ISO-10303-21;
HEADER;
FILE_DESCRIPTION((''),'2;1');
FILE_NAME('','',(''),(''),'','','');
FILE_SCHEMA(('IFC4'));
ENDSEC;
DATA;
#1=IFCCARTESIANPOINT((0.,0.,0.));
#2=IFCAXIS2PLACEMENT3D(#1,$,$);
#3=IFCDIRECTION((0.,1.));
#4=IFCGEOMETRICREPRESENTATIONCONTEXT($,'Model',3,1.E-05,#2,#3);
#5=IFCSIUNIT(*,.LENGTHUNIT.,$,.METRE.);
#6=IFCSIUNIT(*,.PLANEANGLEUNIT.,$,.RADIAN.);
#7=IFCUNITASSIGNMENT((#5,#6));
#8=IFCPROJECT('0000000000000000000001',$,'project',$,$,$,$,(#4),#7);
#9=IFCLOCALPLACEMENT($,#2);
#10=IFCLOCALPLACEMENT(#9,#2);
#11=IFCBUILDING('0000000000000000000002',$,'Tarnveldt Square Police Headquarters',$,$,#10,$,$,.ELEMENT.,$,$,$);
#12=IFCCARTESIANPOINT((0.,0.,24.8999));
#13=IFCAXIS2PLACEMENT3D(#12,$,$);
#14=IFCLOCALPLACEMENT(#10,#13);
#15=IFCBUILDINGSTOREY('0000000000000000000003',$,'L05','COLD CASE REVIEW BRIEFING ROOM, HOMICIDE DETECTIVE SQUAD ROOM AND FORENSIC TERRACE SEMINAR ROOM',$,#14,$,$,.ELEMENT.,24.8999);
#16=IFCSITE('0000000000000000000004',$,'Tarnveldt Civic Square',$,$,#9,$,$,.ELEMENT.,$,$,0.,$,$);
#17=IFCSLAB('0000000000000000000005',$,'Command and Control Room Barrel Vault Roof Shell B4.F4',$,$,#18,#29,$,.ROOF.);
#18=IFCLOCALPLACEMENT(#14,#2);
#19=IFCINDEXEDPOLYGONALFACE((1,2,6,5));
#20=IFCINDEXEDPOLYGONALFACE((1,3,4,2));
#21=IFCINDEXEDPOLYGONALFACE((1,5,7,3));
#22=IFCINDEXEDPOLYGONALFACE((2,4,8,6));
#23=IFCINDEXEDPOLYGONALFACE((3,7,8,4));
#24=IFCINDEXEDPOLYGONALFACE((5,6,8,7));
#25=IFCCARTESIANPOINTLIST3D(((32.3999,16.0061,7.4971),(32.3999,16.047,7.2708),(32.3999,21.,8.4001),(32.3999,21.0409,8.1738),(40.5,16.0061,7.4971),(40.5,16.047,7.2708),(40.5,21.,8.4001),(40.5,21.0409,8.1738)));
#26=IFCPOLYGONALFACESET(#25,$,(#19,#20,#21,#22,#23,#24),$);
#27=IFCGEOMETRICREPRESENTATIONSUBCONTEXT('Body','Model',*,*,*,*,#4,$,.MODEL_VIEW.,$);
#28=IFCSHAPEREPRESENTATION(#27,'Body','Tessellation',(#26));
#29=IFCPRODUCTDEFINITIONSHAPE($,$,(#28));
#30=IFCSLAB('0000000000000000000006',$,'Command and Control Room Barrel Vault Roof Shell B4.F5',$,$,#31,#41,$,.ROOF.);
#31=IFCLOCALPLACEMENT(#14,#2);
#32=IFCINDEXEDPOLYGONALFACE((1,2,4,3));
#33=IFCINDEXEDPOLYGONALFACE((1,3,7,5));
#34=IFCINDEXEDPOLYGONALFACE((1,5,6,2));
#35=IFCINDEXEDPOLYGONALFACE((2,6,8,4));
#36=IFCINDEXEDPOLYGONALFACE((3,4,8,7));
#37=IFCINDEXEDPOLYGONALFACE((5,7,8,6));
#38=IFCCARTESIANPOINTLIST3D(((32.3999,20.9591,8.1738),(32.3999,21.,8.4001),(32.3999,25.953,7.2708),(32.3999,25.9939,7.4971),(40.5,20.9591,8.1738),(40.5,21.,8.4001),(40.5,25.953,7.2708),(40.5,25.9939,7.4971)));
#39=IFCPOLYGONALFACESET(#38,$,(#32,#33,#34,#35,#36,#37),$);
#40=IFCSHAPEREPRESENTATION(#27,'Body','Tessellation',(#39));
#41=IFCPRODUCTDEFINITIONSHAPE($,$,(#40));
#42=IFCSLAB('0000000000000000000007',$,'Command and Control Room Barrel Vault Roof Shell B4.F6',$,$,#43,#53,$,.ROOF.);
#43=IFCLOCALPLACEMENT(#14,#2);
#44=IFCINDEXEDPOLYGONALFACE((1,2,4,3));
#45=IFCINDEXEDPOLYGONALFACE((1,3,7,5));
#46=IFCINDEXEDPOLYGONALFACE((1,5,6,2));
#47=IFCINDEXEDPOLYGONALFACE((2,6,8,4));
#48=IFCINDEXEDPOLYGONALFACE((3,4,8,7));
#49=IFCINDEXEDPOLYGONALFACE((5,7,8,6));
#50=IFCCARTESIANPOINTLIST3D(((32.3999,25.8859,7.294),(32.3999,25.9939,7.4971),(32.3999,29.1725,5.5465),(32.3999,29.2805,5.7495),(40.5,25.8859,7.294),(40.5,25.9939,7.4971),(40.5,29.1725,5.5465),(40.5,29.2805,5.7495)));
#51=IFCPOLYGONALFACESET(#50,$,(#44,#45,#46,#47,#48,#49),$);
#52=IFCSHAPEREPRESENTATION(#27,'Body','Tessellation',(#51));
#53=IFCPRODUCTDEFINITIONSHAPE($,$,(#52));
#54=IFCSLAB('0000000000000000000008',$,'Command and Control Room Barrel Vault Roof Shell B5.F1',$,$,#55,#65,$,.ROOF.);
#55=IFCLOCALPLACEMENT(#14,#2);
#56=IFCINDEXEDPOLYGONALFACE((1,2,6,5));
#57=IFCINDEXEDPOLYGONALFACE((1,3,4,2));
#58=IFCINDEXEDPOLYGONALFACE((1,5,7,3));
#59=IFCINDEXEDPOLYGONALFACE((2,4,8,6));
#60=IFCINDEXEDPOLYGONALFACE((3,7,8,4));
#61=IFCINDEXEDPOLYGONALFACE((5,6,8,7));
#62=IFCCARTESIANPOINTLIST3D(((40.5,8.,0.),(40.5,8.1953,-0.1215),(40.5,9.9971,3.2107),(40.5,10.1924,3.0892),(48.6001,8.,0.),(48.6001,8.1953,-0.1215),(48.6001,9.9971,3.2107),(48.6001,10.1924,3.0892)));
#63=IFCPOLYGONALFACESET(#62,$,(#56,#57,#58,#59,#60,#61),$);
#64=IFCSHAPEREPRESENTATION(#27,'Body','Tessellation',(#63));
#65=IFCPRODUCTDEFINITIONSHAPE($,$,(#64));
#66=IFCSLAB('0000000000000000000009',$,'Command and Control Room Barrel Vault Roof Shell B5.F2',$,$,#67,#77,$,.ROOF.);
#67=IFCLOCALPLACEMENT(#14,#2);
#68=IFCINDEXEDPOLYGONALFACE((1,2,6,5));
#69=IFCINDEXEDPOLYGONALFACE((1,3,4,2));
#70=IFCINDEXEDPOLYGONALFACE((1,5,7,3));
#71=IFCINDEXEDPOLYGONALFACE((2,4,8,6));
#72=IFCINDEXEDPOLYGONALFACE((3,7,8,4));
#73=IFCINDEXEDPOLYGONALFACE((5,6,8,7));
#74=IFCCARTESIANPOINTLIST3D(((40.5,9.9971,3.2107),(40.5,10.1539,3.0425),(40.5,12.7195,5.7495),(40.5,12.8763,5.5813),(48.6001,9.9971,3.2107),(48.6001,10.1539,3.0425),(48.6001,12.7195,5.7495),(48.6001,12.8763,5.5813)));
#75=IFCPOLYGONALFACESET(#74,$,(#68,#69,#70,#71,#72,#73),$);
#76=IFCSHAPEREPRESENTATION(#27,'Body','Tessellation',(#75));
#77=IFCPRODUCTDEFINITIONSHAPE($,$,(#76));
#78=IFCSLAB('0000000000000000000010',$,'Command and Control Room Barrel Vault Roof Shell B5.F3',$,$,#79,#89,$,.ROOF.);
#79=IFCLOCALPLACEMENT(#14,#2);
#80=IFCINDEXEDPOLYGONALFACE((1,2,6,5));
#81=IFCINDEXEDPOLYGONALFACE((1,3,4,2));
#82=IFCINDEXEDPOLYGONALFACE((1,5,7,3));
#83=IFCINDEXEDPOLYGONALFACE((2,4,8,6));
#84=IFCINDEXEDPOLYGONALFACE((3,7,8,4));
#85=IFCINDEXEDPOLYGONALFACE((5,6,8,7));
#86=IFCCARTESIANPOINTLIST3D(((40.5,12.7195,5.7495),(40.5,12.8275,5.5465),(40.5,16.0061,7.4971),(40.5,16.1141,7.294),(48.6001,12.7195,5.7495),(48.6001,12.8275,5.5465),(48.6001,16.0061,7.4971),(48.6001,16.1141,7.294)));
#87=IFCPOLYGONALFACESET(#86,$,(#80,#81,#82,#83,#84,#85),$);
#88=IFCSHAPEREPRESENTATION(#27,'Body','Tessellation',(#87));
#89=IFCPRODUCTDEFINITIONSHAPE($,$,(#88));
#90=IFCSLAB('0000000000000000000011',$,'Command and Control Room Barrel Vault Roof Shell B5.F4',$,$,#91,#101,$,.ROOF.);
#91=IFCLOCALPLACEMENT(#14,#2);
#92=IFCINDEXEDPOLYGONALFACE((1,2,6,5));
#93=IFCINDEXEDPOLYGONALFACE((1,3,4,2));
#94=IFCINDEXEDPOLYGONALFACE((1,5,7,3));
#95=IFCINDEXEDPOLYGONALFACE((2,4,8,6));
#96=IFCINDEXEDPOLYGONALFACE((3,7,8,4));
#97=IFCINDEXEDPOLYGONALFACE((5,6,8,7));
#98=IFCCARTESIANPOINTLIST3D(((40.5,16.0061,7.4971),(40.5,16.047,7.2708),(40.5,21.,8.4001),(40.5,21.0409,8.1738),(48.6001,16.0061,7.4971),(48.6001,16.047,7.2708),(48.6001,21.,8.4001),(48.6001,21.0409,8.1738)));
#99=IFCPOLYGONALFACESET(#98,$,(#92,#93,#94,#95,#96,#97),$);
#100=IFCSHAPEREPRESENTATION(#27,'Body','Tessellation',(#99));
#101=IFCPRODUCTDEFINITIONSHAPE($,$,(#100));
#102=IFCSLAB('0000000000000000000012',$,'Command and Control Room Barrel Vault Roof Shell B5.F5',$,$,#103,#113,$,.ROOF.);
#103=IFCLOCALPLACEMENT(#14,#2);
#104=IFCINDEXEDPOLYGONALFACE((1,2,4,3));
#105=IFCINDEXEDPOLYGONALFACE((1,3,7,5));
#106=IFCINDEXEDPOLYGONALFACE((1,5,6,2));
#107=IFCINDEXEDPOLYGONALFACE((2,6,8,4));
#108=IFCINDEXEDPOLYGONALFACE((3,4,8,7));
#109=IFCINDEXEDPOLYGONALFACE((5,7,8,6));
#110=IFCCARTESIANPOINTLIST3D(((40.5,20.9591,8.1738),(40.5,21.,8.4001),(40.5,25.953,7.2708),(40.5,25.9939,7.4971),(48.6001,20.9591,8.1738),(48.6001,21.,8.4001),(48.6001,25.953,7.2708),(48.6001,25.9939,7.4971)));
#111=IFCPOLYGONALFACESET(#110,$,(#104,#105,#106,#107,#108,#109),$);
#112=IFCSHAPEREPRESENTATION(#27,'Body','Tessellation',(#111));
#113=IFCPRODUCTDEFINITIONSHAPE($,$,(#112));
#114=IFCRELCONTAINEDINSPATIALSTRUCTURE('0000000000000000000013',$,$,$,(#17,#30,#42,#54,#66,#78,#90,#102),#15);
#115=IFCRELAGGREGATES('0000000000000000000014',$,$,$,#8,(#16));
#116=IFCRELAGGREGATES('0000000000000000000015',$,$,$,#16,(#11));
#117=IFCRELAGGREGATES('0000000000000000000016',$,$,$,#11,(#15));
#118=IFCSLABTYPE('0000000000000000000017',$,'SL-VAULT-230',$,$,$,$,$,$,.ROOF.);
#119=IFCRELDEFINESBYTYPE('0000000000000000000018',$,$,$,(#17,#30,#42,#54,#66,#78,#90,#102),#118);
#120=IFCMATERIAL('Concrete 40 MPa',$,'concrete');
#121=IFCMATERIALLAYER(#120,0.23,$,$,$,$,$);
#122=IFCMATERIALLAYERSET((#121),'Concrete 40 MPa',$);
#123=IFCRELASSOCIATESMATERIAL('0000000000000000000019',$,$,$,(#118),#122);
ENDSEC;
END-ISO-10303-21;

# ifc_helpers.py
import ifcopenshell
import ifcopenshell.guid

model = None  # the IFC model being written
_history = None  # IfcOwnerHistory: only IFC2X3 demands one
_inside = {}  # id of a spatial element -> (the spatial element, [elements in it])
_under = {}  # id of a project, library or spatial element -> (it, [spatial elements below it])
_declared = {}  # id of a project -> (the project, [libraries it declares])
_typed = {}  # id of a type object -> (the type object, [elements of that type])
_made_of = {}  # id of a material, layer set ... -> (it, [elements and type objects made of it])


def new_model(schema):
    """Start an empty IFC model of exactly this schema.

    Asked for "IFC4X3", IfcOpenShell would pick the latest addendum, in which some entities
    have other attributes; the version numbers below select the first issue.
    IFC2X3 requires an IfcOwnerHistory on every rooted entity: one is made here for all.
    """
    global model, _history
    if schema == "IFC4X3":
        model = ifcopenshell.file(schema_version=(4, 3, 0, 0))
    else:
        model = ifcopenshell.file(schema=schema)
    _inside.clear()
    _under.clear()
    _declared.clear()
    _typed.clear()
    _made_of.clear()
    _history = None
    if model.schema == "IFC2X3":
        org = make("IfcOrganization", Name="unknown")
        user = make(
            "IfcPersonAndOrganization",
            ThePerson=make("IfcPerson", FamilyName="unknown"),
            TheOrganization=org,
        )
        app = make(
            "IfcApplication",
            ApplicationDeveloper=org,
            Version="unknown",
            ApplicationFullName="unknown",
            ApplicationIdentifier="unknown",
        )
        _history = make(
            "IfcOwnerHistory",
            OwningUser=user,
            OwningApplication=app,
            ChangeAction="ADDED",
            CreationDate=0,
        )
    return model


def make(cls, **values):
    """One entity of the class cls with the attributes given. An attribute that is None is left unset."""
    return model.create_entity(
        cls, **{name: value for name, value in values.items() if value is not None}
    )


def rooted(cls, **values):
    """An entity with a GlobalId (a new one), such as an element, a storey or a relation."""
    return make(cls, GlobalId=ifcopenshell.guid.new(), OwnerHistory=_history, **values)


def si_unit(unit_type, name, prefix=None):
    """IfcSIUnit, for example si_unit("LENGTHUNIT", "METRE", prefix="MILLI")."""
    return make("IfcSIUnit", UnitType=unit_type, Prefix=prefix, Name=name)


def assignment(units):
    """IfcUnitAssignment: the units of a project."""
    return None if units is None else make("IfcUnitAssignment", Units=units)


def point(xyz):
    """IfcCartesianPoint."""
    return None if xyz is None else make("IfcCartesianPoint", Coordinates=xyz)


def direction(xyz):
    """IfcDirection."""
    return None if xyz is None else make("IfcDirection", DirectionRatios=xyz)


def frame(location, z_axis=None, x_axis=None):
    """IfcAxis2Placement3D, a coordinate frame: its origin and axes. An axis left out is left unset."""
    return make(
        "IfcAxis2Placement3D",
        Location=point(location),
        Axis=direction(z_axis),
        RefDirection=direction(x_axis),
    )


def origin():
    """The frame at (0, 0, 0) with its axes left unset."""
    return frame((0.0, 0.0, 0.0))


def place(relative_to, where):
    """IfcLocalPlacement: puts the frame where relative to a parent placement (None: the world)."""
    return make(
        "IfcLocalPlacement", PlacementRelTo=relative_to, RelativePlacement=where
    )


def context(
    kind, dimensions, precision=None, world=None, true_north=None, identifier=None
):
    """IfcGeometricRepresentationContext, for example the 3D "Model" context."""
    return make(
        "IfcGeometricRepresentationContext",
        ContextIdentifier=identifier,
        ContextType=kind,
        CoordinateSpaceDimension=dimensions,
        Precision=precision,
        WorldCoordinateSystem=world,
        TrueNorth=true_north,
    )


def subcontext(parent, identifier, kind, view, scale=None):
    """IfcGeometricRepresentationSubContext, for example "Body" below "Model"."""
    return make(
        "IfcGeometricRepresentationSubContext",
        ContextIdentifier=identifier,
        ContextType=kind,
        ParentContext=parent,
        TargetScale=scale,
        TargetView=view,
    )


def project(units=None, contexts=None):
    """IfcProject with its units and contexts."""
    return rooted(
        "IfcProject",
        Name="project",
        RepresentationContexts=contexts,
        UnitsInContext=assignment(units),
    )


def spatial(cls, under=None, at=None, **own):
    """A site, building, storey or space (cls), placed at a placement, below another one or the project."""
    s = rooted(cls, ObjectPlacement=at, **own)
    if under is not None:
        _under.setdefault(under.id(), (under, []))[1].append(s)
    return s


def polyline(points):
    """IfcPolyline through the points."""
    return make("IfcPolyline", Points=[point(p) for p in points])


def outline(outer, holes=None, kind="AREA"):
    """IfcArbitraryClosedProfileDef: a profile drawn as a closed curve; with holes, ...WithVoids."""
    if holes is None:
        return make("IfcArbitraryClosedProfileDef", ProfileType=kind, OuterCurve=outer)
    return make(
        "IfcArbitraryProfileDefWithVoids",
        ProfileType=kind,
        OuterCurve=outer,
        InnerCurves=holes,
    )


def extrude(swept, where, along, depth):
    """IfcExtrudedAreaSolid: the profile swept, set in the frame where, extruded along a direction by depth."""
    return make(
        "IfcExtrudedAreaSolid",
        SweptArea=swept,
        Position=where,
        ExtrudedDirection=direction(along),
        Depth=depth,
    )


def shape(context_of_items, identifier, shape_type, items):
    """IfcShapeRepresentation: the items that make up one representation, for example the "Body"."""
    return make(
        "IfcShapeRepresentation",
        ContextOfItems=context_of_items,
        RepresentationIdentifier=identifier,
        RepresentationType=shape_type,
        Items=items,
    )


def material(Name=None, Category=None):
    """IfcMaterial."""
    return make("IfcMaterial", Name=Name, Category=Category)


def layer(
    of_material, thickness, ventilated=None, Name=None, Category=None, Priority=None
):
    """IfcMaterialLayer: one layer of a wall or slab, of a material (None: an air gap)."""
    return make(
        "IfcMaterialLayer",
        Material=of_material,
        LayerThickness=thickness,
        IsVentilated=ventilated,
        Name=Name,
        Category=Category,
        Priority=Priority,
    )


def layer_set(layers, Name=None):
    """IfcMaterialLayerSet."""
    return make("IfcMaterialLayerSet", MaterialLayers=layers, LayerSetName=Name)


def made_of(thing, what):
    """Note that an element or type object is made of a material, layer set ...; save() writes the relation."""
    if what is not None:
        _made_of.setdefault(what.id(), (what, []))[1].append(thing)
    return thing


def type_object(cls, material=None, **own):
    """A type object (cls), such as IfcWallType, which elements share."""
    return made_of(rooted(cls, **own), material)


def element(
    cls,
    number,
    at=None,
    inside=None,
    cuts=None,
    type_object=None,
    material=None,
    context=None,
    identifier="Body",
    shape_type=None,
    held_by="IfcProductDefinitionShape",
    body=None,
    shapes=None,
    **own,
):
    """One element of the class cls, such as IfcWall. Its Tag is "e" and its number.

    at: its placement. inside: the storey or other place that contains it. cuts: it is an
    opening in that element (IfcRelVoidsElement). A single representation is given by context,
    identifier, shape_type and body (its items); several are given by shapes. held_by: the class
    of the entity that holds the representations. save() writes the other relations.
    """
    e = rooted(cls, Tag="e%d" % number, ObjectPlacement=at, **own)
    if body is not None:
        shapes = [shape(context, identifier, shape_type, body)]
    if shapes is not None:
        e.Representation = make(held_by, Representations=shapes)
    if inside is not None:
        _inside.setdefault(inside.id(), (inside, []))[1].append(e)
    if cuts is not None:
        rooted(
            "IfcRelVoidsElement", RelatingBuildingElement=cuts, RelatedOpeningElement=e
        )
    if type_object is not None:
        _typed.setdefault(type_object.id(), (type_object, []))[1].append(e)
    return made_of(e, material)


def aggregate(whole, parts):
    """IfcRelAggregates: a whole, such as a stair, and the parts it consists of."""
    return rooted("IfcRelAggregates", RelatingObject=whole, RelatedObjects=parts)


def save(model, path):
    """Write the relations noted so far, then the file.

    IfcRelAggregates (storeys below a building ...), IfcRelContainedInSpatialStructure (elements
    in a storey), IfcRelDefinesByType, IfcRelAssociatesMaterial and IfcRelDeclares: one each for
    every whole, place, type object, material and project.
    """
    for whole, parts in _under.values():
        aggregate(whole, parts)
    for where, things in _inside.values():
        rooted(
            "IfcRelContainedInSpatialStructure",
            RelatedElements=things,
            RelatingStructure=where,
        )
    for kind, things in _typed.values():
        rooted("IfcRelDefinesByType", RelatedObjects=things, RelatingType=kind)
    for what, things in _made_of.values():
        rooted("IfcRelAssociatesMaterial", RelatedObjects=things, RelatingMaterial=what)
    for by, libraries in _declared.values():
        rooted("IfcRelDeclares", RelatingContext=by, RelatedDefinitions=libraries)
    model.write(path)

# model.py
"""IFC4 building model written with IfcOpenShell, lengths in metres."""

from ifc_helpers import new_model, si_unit, direction, frame, origin, place, context, subcontext, project, spatial, polyline, outline, extrude, material, layer, layer_set, type_object, element, save


model = new_model("IFC4")

# Units and contexts
model_context = context("Model", 3, precision=1e-05, world=origin(), true_north=direction((0.0, 1.0)))
body_context = subcontext(model_context, "Body", "Model", "MODEL_VIEW")
ifc_project = project(units=[si_unit("LENGTHUNIT", "METRE"), si_unit("PLANEANGLEUNIT", "RADIAN")], contexts=[model_context])

# Site, building, storey
site_placement = place(None, origin())
site = spatial("IfcSite", under=ifc_project, at=site_placement, Name="Tarnveldt Civic Square", CompositionType="ELEMENT", RefElevation=0.0)
building_placement = place(site_placement, origin())
building = spatial("IfcBuilding", under=site, at=building_placement, Name="Tarnveldt Square Police Headquarters", CompositionType="ELEMENT")
storey_placement = place(building_placement, frame((0.0, 0.0, 24.8999)))
storey = spatial("IfcBuildingStorey", under=building, at=storey_placement, Name="L05", Description="COLD CASE REVIEW BRIEFING ROOM, HOMICIDE DETECTIVE SQUAD ROOM AND FORENSIC TERRACE SEMINAR ROOM", CompositionType="ELEMENT", Elevation=24.8999)

# Shared definitions
ifc_material = material(Name="Concrete 40 MPa", Category="concrete")

# Slabs
ifc_layer = layer(ifc_material, 0.23)
ifc_layer_set = layer_set([ifc_layer], Name="Concrete 40 MPa")
slab_type = type_object("IfcSlabType", Name="SL-VAULT-230", PredefinedType="ROOF", material=ifc_layer_set)
for number, where, z_axis, x_axis, name in (
    (1, (32.3999, 16.0061, 7.4971), (0.0, -0.17795, 0.98404), (1.0, 0.0, 0.0), "Command and Control Room Barrel Vault Roof Shell B4.F4"),
    (2, (32.3999, 21.0, 8.4001), (0.0, 0.17795, 0.98404), (1.0, 0.0, 0.0), "Command and Control Room Barrel Vault Roof Shell B4.F5"),
):
    element("IfcSlab", number, at=place(storey_placement, frame(where, z_axis=z_axis, x_axis=x_axis)), inside=storey, type_object=slab_type, Name=name, PredefinedType="ROOF", context=body_context, shape_type="SweptSolid", body=[
        extrude(outline(polyline([(0.0, 0.0), (8.1001, 0.0), (8.1001, 5.0749), (0.0, 5.0749), (0.0, 0.0)])), origin(), (0.0, 0.0, -1.0), 0.23),
    ])
slab_1_placement = place(storey_placement, frame((32.3999, 25.9939, 7.4971), z_axis=(0.0, 0.469478, 0.882944), x_axis=(1.0, 0.0, 0.0)))
element("IfcSlab", 3, at=slab_1_placement, inside=storey, type_object=slab_type, Name="Command and Control Room Barrel Vault Roof Shell B4.F6", PredefinedType="ROOF", context=body_context, shape_type="SweptSolid", body=[
    extrude(outline(polyline([(0.0, 0.0), (8.1001, 0.0), (8.1001, 3.7223), (0.0, 3.7223), (0.0, 0.0)])), origin(), (0.0, 0.0, -1.0), 0.23),
])
slab_2_placement = place(storey_placement, frame((40.5, 8.0, 0.0), z_axis=(0.0, -0.849139, 0.528169), x_axis=(1.0, 0.0, 0.0)))
element("IfcSlab", 4, at=slab_2_placement, inside=storey, type_object=slab_type, Name="Command and Control Room Barrel Vault Roof Shell B5.F1", PredefinedType="ROOF", context=body_context, shape_type="SweptSolid", body=[
    extrude(outline(polyline([(0.0, 0.0), (8.1001, 0.0), (8.1001, 3.7811), (0.0, 3.7811), (0.0, 0.0)])), origin(), (0.0, 0.0, -1.0), 0.23),
])
slab_3_placement = place(storey_placement, frame((40.5, 9.9971, 3.2107), z_axis=(0.0, -0.682017, 0.731337), x_axis=(1.0, 0.0, 0.0)))
element("IfcSlab", 5, at=slab_3_placement, inside=storey, type_object=slab_type, Name="Command and Control Room Barrel Vault Roof Shell B5.F2", PredefinedType="ROOF", context=body_context, shape_type="SweptSolid", body=[
    extrude(outline(polyline([(0.0, 0.0), (8.1001, 0.0), (8.1001, 3.7225), (0.0, 3.7225), (0.0, 0.0)])), origin(), (0.0, 0.0, -1.0), 0.23),
])
slab_4_placement = place(storey_placement, frame((40.5, 12.7195, 5.7495), z_axis=(0.0, -0.469478, 0.882944), x_axis=(1.0, 0.0, 0.0)))
element("IfcSlab", 6, at=slab_4_placement, inside=storey, type_object=slab_type, Name="Command and Control Room Barrel Vault Roof Shell B5.F3", PredefinedType="ROOF", context=body_context, shape_type="SweptSolid", body=[
    extrude(outline(polyline([(0.0, 0.0), (8.1001, 0.0), (8.1001, 3.7223), (0.0, 3.7223), (0.0, 0.0)])), origin(), (0.0, 0.0, -1.0), 0.23),
])
for number, where, z_axis, x_axis, name in (
    (7, (40.5, 16.0061, 7.4971), (0.0, -0.17795, 0.98404), (1.0, 0.0, 0.0), "Command and Control Room Barrel Vault Roof Shell B5.F4"),
    (8, (40.5, 21.0, 8.4001), (0.0, 0.17795, 0.98404), (1.0, 0.0, 0.0), "Command and Control Room Barrel Vault Roof Shell B5.F5"),
):
    element("IfcSlab", number, at=place(storey_placement, frame(where, z_axis=z_axis, x_axis=x_axis)), inside=storey, type_object=slab_type, Name=name, PredefinedType="ROOF", context=body_context, shape_type="SweptSolid", body=[
        extrude(outline(polyline([(0.0, 0.0), (8.1001, 0.0), (8.1001, 5.0749), (0.0, 5.0749), (0.0, 0.0)])), origin(), (0.0, 0.0, -1.0), 0.23),
    ])

save(model, "model.ifc")
